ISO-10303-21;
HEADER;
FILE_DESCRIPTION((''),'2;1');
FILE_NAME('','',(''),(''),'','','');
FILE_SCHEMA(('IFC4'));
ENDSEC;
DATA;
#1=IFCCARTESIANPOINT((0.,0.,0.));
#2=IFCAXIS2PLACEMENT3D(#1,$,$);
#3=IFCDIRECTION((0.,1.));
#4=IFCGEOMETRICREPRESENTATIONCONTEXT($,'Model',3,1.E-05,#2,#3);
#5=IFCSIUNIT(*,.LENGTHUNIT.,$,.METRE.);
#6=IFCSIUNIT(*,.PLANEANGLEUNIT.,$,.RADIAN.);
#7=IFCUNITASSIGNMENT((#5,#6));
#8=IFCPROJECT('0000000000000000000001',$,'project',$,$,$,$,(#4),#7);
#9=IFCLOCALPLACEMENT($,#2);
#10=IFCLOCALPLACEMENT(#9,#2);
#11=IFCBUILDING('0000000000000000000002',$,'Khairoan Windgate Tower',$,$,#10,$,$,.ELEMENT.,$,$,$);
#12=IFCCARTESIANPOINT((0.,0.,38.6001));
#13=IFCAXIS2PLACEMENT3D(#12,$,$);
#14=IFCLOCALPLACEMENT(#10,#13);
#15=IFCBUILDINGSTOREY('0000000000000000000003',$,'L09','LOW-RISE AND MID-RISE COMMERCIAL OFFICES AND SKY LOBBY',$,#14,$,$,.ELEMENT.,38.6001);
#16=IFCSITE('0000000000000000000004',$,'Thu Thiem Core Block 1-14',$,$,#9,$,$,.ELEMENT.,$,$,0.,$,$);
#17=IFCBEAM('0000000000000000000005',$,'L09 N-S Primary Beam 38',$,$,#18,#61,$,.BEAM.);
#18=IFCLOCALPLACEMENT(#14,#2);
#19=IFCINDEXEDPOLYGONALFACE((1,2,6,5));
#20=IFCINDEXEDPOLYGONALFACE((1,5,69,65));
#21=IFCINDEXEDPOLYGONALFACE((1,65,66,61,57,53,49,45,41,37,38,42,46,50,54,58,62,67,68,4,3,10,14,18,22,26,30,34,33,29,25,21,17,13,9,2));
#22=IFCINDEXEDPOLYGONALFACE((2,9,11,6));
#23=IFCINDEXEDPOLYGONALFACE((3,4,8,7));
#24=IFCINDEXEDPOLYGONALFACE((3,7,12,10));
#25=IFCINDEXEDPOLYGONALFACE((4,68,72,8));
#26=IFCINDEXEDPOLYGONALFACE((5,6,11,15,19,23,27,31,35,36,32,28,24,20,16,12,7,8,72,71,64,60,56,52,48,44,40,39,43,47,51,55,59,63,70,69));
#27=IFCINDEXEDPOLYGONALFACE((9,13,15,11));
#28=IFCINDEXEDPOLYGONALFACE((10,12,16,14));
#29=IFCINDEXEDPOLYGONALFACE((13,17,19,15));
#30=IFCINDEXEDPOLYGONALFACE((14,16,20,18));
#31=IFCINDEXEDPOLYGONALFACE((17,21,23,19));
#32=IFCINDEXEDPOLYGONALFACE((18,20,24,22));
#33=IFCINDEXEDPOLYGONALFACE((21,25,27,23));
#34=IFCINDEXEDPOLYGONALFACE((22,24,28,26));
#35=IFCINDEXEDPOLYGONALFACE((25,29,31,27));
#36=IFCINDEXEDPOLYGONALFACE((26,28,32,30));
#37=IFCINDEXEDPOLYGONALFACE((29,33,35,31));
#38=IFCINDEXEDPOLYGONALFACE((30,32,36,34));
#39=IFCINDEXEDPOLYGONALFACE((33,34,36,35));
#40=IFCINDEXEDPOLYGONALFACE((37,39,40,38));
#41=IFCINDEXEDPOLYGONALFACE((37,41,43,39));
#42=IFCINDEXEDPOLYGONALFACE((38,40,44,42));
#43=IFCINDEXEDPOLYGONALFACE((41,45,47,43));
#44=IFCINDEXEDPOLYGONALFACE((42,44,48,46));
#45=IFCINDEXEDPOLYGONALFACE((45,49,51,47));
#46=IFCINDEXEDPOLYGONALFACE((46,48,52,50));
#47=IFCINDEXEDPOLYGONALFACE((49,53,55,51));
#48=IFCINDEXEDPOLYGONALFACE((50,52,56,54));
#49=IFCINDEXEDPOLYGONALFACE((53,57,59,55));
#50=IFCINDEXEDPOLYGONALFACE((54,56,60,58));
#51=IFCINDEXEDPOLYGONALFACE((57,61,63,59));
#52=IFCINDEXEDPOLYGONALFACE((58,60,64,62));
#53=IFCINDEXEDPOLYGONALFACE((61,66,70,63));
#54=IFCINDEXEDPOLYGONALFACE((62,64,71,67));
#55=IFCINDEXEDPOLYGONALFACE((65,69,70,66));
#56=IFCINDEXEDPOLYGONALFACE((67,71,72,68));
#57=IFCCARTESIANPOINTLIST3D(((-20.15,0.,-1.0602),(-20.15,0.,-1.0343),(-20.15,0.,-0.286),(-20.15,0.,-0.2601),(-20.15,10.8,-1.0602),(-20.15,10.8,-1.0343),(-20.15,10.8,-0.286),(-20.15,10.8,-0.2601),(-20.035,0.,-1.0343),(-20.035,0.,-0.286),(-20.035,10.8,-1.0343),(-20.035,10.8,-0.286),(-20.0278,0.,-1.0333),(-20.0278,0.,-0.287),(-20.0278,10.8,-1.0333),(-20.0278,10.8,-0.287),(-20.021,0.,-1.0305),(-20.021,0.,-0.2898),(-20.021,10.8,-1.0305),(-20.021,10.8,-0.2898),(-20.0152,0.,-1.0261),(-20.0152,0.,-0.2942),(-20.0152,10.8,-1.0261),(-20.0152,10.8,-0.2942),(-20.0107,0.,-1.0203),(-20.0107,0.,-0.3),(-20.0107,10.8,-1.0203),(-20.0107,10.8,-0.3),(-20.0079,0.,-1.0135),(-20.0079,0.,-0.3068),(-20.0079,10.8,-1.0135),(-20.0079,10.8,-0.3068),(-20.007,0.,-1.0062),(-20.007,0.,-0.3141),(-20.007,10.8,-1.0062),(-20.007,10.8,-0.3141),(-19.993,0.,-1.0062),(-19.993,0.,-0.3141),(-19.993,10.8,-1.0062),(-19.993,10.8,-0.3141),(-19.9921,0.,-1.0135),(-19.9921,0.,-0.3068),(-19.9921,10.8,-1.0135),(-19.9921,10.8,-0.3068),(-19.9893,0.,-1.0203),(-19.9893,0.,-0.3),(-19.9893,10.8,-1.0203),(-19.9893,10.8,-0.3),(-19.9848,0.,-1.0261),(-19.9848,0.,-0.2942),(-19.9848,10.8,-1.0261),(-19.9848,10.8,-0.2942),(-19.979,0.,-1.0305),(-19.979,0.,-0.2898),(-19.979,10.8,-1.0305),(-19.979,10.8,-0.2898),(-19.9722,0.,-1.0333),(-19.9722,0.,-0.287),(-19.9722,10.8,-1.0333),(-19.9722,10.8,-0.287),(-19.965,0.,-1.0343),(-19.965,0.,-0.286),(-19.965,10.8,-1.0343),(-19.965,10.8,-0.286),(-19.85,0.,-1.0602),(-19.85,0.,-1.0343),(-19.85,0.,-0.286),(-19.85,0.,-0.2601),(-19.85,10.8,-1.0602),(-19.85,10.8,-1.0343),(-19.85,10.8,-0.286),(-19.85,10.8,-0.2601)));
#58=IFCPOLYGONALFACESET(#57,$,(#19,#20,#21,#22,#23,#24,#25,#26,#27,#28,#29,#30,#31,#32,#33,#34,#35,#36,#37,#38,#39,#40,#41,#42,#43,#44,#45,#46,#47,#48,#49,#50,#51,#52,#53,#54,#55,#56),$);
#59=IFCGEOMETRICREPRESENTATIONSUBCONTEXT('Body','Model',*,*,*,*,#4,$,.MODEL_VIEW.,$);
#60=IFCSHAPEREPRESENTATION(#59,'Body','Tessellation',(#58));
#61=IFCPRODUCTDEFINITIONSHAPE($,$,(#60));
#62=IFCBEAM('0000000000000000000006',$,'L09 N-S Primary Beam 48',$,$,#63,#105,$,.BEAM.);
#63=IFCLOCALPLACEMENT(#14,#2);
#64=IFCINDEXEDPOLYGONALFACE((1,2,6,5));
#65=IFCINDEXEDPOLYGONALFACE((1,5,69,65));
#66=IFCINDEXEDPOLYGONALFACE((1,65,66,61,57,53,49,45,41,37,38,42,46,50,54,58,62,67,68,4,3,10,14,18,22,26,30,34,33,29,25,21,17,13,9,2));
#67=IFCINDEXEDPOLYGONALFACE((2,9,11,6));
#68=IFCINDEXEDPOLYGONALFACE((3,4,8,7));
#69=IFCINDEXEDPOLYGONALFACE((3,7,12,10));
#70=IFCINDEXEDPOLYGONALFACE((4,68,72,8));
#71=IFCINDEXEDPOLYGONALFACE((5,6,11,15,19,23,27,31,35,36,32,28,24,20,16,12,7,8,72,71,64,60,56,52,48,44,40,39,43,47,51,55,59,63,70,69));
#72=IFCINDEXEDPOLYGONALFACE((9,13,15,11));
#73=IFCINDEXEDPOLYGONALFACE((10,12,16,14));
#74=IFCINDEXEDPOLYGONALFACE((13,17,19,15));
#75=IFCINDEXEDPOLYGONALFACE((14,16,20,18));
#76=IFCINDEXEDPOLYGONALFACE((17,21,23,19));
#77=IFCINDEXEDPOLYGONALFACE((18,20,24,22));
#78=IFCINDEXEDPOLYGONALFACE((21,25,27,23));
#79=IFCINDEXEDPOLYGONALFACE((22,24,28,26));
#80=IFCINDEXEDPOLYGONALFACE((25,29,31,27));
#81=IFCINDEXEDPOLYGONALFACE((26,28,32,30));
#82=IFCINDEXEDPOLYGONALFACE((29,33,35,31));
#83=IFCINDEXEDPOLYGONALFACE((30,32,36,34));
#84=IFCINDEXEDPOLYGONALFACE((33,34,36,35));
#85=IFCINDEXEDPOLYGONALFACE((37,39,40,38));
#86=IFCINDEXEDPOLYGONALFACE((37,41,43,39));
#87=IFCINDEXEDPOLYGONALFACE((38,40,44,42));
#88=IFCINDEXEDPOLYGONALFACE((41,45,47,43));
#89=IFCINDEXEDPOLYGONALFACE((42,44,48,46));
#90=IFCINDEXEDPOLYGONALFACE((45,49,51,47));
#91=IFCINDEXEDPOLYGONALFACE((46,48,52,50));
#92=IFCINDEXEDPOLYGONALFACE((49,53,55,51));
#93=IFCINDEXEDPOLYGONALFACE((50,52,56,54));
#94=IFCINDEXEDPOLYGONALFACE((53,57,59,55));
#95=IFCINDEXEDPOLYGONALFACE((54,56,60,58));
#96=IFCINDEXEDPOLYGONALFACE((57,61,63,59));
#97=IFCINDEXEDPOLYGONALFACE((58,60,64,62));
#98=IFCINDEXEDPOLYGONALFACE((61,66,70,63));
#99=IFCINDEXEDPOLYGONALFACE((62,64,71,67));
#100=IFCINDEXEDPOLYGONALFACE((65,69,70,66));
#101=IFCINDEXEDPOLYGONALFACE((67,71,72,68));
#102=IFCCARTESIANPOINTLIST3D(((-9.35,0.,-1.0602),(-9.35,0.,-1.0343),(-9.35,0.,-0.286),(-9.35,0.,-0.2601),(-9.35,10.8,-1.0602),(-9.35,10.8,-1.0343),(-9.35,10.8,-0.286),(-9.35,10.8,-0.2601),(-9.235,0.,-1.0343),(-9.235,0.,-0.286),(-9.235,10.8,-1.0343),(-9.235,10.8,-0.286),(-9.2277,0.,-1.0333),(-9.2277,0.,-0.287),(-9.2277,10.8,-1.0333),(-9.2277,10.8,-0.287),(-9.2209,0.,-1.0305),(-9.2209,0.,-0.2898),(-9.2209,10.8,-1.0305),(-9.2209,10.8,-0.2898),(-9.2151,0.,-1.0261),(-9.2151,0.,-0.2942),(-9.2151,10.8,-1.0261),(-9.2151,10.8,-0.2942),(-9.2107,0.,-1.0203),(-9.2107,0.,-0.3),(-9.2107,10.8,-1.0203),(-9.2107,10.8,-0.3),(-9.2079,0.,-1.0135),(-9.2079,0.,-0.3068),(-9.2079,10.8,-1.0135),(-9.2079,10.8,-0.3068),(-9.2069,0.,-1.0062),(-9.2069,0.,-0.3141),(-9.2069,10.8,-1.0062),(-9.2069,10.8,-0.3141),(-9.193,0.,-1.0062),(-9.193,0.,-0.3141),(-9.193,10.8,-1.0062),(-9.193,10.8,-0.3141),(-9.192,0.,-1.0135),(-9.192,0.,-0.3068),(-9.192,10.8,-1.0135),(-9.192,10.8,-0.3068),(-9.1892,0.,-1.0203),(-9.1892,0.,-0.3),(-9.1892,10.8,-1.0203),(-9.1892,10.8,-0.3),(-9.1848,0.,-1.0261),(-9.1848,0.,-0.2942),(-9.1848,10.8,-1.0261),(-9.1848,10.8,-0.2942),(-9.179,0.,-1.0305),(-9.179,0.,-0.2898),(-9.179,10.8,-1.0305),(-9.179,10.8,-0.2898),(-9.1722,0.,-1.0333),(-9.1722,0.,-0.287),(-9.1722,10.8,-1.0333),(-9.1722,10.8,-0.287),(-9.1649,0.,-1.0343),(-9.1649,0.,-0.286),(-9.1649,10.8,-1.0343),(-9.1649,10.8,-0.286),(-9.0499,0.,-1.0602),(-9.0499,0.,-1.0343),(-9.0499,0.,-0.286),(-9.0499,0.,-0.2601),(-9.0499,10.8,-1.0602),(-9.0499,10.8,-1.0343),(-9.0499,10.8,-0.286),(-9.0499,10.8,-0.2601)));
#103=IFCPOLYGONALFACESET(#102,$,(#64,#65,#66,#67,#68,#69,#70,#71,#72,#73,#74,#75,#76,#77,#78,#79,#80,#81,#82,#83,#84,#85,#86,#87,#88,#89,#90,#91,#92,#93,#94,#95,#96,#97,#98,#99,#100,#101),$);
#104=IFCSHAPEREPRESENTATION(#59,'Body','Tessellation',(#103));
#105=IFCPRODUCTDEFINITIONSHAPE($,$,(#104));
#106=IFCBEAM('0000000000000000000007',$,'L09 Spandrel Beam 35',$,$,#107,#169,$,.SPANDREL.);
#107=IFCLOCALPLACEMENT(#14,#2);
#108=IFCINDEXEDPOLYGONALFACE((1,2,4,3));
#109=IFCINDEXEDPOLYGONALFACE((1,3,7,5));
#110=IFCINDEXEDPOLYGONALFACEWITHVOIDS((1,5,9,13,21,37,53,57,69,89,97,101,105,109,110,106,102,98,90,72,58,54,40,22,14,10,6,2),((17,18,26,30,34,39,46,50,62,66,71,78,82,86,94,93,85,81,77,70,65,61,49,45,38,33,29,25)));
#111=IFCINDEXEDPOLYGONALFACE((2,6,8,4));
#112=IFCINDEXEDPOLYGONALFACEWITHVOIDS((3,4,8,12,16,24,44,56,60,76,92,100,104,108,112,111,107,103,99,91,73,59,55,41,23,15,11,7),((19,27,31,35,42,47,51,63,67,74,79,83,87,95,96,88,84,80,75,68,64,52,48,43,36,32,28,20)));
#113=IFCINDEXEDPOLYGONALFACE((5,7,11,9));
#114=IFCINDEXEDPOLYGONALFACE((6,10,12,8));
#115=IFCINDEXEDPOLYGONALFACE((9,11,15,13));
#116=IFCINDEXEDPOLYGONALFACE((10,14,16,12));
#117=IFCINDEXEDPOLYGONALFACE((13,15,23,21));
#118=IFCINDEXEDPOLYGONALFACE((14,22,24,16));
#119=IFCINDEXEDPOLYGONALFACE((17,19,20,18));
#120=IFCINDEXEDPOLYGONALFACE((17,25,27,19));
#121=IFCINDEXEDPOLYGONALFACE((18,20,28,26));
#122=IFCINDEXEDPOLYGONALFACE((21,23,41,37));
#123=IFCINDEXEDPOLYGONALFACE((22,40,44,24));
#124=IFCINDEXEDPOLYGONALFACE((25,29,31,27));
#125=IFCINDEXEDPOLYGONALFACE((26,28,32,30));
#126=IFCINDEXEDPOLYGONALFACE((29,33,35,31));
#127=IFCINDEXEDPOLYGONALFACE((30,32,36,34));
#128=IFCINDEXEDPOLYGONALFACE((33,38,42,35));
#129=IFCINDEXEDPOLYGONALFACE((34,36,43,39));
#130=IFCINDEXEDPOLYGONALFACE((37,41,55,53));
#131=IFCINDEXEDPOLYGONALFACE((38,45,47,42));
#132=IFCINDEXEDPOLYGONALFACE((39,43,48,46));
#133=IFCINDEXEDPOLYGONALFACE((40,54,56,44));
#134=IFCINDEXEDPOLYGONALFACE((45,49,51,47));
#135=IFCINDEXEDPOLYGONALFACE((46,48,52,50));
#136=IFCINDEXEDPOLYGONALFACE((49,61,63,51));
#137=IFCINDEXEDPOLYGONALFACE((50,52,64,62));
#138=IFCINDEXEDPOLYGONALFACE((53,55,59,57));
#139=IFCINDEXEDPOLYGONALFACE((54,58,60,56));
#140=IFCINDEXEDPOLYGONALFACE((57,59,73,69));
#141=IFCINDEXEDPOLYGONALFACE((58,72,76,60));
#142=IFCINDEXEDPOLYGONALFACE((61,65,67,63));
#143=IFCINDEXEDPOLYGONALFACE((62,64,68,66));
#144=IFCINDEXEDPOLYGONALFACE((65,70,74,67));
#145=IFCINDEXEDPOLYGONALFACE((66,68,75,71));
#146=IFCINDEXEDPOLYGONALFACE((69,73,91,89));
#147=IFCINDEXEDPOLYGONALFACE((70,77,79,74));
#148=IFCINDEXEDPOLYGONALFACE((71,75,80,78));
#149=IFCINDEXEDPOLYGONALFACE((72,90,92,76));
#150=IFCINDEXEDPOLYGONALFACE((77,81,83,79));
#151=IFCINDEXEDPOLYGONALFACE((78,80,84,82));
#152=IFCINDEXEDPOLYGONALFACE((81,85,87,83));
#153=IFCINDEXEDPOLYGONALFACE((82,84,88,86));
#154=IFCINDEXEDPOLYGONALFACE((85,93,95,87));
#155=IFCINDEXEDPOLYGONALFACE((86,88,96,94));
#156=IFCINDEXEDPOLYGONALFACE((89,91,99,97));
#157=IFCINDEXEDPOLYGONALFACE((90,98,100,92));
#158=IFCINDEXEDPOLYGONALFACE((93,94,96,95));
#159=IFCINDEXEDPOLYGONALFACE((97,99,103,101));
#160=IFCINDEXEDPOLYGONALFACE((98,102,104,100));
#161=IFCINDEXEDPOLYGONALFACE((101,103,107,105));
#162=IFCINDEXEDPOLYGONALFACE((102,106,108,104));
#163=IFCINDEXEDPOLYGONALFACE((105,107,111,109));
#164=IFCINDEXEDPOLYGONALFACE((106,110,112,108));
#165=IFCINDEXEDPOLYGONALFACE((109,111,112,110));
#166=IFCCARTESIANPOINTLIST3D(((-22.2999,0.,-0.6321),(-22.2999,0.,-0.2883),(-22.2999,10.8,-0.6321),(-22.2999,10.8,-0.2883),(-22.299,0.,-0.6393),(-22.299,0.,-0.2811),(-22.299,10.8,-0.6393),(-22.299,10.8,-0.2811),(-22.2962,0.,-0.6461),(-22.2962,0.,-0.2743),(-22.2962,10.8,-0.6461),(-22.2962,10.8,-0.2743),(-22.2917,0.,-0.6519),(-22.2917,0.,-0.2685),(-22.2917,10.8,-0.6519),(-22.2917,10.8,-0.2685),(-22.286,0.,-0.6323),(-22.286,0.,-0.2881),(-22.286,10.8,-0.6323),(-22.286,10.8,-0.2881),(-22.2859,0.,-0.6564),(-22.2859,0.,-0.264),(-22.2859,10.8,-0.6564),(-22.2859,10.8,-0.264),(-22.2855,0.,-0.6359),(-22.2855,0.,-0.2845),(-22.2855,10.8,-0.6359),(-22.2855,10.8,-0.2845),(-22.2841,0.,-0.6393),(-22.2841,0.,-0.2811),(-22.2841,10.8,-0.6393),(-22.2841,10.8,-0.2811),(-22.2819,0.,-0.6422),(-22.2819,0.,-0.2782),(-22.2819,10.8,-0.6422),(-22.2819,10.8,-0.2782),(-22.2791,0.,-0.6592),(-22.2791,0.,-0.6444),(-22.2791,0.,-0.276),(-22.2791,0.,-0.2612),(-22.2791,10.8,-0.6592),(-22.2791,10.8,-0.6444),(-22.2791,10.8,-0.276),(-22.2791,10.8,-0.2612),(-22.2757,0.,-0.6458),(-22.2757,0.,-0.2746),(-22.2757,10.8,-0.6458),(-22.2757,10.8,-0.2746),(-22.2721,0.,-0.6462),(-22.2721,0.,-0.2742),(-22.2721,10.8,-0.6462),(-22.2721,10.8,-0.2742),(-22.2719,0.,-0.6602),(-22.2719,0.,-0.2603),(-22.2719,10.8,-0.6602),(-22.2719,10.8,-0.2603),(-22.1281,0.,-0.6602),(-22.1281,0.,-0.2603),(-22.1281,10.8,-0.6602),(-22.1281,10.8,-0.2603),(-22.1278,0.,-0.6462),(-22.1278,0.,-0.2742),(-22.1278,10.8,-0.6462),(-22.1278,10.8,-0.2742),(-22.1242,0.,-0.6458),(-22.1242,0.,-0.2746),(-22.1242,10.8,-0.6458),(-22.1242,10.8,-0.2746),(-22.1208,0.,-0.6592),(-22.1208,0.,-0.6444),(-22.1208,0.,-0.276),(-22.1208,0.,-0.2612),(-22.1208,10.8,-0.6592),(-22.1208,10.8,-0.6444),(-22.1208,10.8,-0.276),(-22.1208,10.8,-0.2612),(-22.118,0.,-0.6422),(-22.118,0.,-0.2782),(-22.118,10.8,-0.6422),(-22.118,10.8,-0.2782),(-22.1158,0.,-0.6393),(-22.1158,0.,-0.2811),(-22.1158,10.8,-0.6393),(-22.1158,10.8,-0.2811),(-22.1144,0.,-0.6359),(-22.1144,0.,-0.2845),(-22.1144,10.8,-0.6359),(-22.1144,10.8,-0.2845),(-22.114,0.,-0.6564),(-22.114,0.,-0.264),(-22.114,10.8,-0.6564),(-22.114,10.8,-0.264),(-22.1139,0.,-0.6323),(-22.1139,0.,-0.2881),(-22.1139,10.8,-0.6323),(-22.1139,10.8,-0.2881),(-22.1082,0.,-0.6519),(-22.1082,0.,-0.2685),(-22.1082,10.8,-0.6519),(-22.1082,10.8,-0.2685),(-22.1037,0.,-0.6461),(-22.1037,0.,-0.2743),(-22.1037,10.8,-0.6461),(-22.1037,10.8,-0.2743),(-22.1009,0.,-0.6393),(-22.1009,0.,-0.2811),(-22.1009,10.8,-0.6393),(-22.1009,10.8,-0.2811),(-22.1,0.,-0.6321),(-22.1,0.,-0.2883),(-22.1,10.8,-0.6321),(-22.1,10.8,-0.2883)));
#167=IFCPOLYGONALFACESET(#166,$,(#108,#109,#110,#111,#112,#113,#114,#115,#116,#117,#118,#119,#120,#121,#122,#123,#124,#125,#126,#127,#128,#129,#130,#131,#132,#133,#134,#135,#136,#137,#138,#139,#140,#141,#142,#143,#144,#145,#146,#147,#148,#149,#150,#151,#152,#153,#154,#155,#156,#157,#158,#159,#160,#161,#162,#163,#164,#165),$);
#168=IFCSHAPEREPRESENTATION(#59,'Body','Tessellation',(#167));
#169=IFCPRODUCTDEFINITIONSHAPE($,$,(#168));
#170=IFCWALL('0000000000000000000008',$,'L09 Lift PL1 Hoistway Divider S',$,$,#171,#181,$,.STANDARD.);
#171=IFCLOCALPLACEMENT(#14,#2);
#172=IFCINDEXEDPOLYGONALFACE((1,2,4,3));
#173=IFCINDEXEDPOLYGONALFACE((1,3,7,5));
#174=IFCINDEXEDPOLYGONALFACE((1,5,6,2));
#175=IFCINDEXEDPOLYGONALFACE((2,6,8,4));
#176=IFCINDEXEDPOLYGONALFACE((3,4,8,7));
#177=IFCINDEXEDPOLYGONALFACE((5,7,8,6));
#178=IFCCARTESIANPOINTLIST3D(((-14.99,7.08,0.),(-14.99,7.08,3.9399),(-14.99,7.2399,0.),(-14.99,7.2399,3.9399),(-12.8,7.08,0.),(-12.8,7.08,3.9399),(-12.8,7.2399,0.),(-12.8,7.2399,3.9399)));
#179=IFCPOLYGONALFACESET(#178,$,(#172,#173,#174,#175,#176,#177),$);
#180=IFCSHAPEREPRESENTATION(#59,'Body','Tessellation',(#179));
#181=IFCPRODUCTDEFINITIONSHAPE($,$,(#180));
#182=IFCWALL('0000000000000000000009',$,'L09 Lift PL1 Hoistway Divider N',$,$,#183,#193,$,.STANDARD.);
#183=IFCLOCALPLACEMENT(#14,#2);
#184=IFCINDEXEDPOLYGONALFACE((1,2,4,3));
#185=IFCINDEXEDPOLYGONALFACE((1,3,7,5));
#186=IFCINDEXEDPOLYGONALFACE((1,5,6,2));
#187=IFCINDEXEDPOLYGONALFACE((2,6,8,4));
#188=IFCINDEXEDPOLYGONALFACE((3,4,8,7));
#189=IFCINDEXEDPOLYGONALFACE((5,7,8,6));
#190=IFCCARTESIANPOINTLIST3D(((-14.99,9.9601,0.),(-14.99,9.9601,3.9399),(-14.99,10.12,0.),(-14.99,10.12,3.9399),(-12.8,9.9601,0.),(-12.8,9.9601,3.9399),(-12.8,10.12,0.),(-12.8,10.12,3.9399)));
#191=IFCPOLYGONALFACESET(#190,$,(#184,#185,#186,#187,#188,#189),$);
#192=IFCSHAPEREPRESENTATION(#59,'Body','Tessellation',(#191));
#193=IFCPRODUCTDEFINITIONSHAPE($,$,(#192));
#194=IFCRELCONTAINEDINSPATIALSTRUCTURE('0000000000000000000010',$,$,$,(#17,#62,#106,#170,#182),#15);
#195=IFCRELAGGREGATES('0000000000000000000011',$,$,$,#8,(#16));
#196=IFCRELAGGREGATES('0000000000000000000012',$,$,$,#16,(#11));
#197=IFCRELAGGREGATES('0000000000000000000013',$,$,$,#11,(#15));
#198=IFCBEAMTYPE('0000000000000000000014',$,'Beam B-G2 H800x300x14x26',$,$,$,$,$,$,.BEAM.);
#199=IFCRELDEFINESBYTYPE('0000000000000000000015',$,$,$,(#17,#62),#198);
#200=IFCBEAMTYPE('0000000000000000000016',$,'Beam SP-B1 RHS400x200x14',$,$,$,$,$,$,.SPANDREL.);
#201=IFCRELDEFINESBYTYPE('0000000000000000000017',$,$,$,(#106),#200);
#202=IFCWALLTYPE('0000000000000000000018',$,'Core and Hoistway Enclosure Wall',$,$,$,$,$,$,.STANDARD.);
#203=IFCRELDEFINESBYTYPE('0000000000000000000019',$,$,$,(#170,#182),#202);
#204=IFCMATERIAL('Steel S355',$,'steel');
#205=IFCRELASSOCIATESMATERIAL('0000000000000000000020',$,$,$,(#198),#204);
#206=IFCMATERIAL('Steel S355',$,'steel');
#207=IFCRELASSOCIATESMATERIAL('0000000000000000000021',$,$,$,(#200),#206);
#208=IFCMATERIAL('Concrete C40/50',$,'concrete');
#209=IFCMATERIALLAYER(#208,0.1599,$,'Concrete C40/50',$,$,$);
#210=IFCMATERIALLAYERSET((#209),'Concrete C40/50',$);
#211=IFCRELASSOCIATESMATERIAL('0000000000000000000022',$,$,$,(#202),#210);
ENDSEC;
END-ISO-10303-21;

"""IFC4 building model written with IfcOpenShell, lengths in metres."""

from ifc_helpers import new_model, si_unit, direction, frame, frame_2d, origin, origin_2d, place, context, subcontext, project, spatial, rectangle, hollow_rectangle, i_section, extrude, material, layer, layer_set, material_profile, profile_set, type_object, element, save


model = new_model("IFC4")

# Units and contexts
model_context = context("Model", 3, precision=1e-05, world=origin(), true_north=direction((0.0, 1.0)))
body_context = subcontext(model_context, "Body", "Model", "MODEL_VIEW")
ifc_project = project(units=[si_unit("LENGTHUNIT", "METRE"), si_unit("PLANEANGLEUNIT", "RADIAN")], contexts=[model_context])

# Site, building, storey
site_placement = place(None, origin())
site = spatial("IfcSite", under=ifc_project, at=site_placement, Name="Thu Thiem Core Block 1-14", CompositionType="ELEMENT", RefElevation=0.0)
building_placement = place(site_placement, origin())
building = spatial("IfcBuilding", under=site, at=building_placement, Name="Khairoan Windgate Tower", CompositionType="ELEMENT")
storey_placement = place(building_placement, frame((0.0, 0.0, 38.6001)))
storey = spatial("IfcBuildingStorey", under=building, at=storey_placement, Name="L09", Description="LOW-RISE AND MID-RISE COMMERCIAL OFFICES AND SKY LOBBY", CompositionType="ELEMENT", Elevation=38.6001)

# Beams
ifc_material_1 = material(Name="Steel S355", Category="steel")
ifc_material_profile_1 = material_profile(ifc_material_1, i_section(OverallWidth=0.3, OverallDepth=0.8, WebThickness=0.0139, FlangeThickness=0.0259, FilletRadius=0.0281, at=origin_2d()))
ifc_profile_set_1 = profile_set([ifc_material_profile_1], Name="Steel S355")
beam_type_1 = type_object("IfcBeamType", Name="Beam B-G2 H800x300x14x26", PredefinedType="BEAM", material=ifc_profile_set_1)
for number, where, z_axis, x_axis, name in (
    (1, (-20.0, 0.0, -0.6602), (0.0, 1.0, 0.0), (-1.0, 0.0, 0.0), "L09 N-S Primary Beam 38"),
    (2, (-9.2, 0.0, -0.6602), (0.0, 1.0, 0.0), (-1.0, 0.0, 0.0), "L09 N-S Primary Beam 48"),
):
    element("IfcBeam", number, at=place(storey_placement, frame(where, z_axis=z_axis, x_axis=x_axis)), inside=storey, type_object=beam_type_1, Name=name, PredefinedType="BEAM", context=body_context, shape_type="SweptSolid", body=[
        extrude(i_section(OverallWidth=0.3, OverallDepth=0.8, WebThickness=0.0139, FlangeThickness=0.0259, FilletRadius=0.0281, at=origin_2d()), origin(), (0.0, 0.0, 1.0), 10.8),
    ])
ifc_material_2 = material(Name="Steel S355", Category="steel")
ifc_material_profile_2 = material_profile(ifc_material_2, hollow_rectangle(XDim=0.2, YDim=0.3999, WallThickness=0.0139, InnerFilletRadius=0.0139, OuterFilletRadius=0.0281, at=origin_2d()))
ifc_profile_set_2 = profile_set([ifc_material_profile_2], Name="Steel S355")
beam_type_2 = type_object("IfcBeamType", Name="Beam SP-B1 RHS400x200x14", PredefinedType="SPANDREL", material=ifc_profile_set_2)
beam_1_placement = place(storey_placement, frame((-22.2, 0.0, -0.4602), z_axis=(0.0, 1.0, 0.0), x_axis=(-1.0, 0.0, 0.0)))
element("IfcBeam", 3, at=beam_1_placement, inside=storey, type_object=beam_type_2, Name="L09 Spandrel Beam 35", PredefinedType="SPANDREL", context=body_context, shape_type="SweptSolid", body=[
    extrude(hollow_rectangle(XDim=0.2, YDim=0.3999, WallThickness=0.0139, InnerFilletRadius=0.0139, OuterFilletRadius=0.0281, at=origin_2d()), origin(), (0.0, 0.0, 1.0), 10.8),
])

# Walls
ifc_material_3 = material(Name="Concrete C40/50", Category="concrete")
ifc_layer_1 = layer(ifc_material_3, 0.1599, Name="Concrete C40/50")
ifc_layer_set_1 = layer_set([ifc_layer_1], Name="Concrete C40/50")
wall_type_1 = type_object("IfcWallType", Name="Core and Hoistway Enclosure Wall", PredefinedType="STANDARD", material=ifc_layer_set_1)
for number, where, z_axis, x_axis, name in (
    (4, (-14.99, 7.1599, 0.0), (0.0, 0.0, 1.0), (1.0, 0.0, 0.0), "L09 Lift PL1 Hoistway Divider S"),
    (5, (-14.99, 10.04, 0.0), (0.0, 0.0, 1.0), (1.0, 0.0, 0.0), "L09 Lift PL1 Hoistway Divider N"),
):
    element("IfcWall", number, at=place(storey_placement, frame(where, z_axis=z_axis, x_axis=x_axis)), inside=storey, type_object=wall_type_1, Name=name, PredefinedType="STANDARD", context=body_context, shape_type="SweptSolid", body=[
        extrude(rectangle(XDim=2.1899, YDim=0.1599, at=frame_2d((1.095, 0.0))), origin(), (0.0, 0.0, 1.0), 3.9399),
    ])

save(model, "model.ifc")
